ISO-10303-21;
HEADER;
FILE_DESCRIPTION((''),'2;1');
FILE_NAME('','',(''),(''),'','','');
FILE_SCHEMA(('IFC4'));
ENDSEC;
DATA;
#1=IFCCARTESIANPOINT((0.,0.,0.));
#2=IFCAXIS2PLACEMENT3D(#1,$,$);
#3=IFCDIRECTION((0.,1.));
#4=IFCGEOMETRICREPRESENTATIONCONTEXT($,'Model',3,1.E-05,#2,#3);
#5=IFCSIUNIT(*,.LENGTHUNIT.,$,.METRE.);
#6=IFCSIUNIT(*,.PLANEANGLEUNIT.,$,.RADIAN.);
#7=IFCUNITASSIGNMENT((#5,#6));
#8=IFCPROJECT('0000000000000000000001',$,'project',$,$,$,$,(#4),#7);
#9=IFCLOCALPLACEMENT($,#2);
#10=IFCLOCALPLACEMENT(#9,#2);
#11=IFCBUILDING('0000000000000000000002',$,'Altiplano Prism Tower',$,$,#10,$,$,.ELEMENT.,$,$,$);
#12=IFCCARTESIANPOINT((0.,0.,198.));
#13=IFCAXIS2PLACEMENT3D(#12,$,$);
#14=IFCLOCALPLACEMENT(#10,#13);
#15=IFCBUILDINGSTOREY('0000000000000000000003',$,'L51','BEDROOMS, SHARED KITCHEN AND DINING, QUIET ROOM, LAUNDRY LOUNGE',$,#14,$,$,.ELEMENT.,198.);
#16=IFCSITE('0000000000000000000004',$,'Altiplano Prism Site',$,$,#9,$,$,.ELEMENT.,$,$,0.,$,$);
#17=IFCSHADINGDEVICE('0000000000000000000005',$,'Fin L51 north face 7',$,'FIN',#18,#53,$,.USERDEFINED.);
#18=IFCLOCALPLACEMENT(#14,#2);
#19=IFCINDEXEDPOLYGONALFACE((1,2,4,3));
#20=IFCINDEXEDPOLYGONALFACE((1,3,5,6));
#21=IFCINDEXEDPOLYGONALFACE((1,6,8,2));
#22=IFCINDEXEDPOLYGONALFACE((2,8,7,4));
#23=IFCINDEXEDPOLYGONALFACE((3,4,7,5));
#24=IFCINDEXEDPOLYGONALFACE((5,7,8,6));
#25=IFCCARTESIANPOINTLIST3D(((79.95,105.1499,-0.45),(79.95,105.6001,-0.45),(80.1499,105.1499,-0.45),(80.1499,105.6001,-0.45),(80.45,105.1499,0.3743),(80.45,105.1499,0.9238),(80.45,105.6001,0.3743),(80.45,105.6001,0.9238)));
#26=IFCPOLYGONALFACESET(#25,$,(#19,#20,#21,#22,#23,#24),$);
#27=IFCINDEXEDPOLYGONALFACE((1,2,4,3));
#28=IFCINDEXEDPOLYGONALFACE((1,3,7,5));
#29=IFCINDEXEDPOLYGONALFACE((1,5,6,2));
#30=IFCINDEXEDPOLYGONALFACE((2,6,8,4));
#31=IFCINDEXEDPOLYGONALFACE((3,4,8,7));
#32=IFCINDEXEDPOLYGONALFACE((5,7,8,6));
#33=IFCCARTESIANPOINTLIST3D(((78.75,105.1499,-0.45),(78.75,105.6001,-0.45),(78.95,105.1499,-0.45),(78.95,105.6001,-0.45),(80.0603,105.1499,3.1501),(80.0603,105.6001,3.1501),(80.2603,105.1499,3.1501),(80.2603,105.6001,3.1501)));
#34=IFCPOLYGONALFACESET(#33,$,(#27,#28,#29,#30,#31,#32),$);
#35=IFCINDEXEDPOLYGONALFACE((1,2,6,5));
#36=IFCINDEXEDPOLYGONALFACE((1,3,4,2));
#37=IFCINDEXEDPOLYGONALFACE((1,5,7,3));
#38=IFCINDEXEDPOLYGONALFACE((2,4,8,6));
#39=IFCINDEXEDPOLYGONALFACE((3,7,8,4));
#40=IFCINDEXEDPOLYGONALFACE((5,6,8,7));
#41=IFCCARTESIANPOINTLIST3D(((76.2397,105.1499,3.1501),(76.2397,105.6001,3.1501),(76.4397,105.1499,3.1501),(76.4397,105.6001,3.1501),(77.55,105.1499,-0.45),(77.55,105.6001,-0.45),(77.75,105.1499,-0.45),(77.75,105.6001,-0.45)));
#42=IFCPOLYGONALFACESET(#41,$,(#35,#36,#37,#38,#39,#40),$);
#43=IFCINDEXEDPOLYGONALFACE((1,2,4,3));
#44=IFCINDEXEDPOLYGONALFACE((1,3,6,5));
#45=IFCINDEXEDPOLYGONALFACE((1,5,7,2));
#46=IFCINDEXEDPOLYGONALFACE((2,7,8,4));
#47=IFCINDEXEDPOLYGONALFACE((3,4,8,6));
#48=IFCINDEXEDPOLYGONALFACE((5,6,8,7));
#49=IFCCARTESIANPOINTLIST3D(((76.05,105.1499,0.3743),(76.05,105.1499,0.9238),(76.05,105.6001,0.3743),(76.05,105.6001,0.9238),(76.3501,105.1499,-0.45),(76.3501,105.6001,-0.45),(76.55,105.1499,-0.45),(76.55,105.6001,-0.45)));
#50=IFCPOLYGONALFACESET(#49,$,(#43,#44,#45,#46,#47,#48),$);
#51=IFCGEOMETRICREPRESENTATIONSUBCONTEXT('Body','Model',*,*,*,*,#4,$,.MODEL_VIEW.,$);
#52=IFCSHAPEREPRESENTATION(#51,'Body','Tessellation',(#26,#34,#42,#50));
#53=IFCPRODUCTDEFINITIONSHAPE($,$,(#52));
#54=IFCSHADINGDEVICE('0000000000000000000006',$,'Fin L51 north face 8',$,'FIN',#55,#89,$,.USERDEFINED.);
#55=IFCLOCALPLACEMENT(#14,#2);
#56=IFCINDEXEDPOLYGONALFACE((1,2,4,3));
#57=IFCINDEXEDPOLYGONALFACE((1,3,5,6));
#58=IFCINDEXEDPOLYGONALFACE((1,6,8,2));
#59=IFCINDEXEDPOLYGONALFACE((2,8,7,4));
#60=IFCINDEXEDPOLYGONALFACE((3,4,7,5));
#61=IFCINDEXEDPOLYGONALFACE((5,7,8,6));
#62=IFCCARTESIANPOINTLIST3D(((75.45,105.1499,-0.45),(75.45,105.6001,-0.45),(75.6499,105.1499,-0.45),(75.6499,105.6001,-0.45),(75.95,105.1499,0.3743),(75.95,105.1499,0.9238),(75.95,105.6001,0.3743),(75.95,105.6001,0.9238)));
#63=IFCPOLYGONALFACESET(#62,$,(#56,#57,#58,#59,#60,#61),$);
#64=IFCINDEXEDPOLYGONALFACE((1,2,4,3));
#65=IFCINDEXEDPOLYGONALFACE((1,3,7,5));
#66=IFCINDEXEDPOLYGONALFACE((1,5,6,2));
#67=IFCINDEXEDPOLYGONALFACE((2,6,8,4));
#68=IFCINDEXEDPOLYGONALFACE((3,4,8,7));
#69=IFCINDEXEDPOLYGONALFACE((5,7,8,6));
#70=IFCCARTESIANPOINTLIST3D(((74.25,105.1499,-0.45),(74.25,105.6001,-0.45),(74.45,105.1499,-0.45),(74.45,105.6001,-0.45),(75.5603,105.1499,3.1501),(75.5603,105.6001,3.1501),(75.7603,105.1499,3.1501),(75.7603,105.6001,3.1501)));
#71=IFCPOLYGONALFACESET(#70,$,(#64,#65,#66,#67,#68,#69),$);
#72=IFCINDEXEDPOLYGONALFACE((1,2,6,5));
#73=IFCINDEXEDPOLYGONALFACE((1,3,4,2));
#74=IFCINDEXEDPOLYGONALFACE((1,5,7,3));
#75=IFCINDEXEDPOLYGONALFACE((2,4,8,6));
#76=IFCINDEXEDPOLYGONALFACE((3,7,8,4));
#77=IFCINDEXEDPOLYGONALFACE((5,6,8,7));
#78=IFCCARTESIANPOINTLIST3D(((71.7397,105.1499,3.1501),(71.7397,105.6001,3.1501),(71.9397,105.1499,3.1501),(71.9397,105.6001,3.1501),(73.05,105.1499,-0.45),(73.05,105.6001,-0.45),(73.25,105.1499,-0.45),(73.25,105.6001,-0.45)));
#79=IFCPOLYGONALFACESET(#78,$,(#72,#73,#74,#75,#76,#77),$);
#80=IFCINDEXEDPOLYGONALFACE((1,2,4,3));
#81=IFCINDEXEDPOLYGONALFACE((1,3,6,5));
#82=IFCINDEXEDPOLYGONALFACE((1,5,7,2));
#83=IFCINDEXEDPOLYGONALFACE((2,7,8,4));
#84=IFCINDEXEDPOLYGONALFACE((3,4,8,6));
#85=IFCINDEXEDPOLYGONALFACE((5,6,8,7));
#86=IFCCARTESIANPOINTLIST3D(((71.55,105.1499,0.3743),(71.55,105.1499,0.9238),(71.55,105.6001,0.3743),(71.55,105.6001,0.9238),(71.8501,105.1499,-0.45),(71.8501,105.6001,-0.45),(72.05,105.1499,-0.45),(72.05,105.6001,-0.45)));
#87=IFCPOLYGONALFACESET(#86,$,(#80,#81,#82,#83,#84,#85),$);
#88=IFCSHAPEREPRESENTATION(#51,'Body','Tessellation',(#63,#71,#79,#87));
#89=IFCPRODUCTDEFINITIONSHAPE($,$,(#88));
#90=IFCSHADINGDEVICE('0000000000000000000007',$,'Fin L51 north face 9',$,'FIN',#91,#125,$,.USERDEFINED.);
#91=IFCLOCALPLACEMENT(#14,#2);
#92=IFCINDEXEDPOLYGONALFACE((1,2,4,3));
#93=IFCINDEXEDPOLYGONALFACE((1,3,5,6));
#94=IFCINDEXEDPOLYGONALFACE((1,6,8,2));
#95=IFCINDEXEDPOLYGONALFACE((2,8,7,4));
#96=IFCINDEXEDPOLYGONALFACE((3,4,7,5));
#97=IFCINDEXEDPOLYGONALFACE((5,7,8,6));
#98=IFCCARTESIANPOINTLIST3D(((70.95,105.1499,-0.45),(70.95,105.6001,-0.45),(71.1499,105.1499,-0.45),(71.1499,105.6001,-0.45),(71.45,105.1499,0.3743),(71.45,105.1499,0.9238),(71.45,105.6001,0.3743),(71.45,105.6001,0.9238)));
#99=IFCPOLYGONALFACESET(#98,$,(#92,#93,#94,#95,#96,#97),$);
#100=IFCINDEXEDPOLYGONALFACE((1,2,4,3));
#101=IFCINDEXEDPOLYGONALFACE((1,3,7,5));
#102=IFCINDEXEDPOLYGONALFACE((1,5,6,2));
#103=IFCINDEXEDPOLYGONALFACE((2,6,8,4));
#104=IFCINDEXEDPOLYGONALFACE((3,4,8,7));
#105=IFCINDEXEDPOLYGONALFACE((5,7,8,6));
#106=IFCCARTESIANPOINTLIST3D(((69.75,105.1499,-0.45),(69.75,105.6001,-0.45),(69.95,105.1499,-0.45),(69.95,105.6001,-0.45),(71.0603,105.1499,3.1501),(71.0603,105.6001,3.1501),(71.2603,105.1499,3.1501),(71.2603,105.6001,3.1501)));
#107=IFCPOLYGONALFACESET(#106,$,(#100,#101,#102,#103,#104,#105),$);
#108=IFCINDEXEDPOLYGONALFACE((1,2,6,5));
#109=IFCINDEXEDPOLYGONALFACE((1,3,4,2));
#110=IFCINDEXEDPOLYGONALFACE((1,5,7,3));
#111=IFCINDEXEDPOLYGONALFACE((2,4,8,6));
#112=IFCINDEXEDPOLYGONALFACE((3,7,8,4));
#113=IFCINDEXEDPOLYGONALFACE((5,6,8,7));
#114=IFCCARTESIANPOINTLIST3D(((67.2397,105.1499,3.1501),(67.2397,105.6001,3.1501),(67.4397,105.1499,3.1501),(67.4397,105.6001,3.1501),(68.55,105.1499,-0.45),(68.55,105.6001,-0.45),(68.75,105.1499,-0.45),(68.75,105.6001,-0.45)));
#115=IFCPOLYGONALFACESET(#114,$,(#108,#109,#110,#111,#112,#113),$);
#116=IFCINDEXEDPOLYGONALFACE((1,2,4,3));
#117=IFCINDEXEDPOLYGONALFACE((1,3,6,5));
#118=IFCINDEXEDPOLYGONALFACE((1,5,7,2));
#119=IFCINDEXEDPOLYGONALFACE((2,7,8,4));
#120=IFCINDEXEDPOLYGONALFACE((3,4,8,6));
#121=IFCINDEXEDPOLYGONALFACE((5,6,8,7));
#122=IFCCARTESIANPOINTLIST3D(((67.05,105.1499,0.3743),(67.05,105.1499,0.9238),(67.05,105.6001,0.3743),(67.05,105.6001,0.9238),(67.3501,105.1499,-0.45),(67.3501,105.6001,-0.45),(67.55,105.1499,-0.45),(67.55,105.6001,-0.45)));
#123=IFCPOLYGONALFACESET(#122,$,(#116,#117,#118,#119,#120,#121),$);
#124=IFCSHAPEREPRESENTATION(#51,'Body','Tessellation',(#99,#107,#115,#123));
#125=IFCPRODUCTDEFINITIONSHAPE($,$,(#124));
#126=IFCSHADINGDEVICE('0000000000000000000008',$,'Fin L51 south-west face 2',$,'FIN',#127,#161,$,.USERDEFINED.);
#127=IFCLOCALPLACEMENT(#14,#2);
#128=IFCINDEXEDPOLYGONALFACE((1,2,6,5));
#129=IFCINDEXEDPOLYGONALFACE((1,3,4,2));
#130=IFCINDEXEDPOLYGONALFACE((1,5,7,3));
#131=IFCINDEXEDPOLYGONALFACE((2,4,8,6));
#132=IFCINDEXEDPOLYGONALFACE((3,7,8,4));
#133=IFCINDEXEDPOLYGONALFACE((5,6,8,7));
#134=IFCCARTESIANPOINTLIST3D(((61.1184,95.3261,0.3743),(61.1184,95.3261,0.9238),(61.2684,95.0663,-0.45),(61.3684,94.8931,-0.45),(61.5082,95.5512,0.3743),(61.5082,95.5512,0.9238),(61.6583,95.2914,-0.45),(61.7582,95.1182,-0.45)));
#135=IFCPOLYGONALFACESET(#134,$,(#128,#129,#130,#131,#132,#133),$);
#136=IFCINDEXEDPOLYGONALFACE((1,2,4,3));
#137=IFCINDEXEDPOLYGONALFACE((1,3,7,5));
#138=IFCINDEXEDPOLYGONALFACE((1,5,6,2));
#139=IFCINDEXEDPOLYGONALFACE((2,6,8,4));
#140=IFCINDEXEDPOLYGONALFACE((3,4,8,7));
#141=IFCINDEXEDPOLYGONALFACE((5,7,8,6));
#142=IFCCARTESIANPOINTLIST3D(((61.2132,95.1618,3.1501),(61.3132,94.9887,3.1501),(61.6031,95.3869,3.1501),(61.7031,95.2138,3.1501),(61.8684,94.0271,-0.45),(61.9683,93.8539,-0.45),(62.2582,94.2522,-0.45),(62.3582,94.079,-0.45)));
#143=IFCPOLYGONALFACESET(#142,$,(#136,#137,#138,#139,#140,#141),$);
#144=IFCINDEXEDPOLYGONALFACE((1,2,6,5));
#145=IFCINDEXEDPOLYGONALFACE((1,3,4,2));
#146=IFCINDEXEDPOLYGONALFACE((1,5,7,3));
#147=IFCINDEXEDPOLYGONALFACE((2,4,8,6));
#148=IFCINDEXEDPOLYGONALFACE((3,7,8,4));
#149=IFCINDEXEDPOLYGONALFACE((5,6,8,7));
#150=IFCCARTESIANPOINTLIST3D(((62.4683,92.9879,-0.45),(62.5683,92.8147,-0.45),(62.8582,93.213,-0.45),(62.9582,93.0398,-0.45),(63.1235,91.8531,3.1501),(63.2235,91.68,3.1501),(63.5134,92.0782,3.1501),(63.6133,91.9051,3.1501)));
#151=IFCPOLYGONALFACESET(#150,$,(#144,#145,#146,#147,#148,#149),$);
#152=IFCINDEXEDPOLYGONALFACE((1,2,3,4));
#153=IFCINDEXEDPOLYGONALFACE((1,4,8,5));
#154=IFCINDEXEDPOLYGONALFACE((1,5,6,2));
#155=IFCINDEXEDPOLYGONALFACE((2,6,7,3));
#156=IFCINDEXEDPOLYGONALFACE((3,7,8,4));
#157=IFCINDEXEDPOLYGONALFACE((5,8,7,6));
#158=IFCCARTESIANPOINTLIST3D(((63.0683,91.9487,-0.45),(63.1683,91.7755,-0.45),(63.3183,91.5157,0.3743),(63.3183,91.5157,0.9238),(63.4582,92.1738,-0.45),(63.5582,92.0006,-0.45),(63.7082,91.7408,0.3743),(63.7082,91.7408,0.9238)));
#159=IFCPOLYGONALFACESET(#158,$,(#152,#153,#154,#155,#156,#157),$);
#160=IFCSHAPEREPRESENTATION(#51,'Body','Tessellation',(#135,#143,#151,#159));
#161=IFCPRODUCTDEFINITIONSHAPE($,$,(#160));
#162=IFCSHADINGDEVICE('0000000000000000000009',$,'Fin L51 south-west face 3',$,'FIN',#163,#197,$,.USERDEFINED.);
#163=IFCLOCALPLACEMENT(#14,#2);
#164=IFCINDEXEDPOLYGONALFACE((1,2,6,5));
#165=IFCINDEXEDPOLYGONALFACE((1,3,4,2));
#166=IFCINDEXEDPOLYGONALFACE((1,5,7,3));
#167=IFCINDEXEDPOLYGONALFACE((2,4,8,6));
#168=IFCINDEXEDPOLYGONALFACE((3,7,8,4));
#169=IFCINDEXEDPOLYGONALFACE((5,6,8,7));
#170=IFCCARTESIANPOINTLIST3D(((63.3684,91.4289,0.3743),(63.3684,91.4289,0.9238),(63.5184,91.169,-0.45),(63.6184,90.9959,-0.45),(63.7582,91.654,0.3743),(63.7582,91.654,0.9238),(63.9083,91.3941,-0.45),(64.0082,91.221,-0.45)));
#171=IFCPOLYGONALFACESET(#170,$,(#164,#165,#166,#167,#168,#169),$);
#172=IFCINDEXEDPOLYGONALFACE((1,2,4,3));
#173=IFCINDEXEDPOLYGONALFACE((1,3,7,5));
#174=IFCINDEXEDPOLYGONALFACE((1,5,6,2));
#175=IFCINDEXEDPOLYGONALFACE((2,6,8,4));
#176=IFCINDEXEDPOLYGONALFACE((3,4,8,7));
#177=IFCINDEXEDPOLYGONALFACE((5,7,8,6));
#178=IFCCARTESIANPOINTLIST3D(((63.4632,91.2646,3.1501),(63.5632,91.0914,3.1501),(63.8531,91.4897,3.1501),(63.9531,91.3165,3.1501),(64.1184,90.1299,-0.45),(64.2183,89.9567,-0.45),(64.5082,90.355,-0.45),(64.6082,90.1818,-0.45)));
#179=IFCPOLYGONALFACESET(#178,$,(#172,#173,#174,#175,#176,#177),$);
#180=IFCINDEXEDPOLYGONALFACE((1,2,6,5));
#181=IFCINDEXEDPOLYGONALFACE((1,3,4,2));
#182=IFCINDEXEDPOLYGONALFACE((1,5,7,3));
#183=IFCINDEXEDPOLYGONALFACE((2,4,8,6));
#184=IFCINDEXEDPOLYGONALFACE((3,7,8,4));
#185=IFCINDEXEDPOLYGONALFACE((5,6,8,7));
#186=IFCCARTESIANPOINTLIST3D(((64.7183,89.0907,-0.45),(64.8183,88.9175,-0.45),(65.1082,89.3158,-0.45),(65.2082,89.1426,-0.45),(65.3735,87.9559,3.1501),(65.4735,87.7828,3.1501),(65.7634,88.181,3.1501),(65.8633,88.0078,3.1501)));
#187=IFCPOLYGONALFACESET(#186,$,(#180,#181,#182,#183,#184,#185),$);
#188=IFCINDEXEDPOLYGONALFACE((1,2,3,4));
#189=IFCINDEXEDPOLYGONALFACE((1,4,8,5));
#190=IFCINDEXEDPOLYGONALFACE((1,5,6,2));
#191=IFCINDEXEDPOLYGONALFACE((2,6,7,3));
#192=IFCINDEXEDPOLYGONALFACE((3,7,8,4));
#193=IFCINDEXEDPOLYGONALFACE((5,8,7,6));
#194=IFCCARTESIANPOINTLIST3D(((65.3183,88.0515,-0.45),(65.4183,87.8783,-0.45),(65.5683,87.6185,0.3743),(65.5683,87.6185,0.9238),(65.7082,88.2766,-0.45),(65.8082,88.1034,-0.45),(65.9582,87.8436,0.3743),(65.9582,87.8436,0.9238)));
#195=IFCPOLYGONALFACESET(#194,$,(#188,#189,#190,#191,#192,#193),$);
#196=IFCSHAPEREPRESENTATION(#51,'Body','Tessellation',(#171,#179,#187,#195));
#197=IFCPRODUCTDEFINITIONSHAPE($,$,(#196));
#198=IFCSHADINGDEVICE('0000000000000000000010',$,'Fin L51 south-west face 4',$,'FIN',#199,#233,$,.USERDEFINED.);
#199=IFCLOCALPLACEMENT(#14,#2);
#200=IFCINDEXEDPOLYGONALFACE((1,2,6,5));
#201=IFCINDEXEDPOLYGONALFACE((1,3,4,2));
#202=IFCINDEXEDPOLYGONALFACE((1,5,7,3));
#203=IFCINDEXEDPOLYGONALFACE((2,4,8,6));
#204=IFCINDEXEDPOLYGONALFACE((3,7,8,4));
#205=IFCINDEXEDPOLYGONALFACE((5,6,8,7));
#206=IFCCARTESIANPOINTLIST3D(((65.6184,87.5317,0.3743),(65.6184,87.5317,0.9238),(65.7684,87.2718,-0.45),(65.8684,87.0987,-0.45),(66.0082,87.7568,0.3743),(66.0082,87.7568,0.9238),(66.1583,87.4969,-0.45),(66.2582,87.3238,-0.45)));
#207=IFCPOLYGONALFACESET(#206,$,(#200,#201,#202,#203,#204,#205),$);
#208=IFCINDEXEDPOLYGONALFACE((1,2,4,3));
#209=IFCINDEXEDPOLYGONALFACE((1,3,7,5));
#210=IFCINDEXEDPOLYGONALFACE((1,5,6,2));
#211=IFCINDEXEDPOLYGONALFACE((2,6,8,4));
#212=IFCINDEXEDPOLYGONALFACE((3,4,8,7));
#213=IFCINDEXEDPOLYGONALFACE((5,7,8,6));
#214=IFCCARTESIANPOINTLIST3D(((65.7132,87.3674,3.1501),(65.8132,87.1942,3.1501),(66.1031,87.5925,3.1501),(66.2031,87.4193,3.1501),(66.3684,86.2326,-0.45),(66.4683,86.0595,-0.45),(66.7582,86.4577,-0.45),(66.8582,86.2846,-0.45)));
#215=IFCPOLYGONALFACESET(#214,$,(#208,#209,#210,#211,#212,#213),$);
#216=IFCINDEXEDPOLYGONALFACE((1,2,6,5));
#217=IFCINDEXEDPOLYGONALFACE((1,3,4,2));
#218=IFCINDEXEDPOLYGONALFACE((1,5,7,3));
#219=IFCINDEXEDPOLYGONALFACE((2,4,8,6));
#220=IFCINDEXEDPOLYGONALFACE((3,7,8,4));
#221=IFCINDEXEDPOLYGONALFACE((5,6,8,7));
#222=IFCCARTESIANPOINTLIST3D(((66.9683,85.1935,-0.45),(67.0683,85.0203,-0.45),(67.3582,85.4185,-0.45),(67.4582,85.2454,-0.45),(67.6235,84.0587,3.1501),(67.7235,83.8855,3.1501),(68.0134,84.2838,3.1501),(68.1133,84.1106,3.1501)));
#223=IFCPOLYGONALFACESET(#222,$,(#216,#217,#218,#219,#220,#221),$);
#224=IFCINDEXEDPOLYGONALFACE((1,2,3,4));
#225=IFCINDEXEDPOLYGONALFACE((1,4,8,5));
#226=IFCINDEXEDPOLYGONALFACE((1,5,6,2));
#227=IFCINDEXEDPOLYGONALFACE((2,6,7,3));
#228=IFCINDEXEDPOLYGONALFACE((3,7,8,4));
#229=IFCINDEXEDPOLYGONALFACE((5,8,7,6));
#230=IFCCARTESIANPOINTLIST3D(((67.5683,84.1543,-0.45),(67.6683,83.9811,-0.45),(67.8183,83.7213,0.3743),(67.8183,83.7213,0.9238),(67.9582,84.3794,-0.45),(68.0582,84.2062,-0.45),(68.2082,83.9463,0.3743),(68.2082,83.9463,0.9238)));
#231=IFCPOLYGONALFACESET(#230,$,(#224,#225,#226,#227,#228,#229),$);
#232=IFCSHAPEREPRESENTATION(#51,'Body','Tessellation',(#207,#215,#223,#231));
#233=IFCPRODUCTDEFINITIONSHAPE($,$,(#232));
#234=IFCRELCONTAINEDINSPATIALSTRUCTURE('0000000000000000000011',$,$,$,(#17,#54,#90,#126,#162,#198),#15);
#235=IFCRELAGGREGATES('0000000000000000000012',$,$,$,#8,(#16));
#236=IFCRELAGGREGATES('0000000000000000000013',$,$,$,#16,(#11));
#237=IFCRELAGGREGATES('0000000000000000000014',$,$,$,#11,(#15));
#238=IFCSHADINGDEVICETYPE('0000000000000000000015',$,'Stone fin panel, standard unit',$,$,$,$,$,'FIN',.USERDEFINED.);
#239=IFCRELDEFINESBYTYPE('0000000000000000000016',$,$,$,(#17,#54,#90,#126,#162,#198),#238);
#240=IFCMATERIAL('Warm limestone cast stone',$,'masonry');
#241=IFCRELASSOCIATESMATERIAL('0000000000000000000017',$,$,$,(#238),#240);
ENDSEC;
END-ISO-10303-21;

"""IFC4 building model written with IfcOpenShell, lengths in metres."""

from ifc_helpers import new_model, si_unit, direction, frame, origin, place, context, subcontext, project, spatial, polyline, outline, extrude, source, transform, mapped, material, type_object, element, save


model = new_model("IFC4")

# Units and contexts
model_context = context("Model", 3, precision=1e-05, world=origin(), true_north=direction((0.0, 1.0)))
body_context = subcontext(model_context, "Body", "Model", "MODEL_VIEW")
ifc_project = project(units=[si_unit("LENGTHUNIT", "METRE"), si_unit("PLANEANGLEUNIT", "RADIAN")], contexts=[model_context])

# Site, building, storey
site_placement = place(None, origin())
site = spatial("IfcSite", under=ifc_project, at=site_placement, Name="Altiplano Prism Site", CompositionType="ELEMENT", RefElevation=0.0)
building_placement = place(site_placement, origin())
building = spatial("IfcBuilding", under=site, at=building_placement, Name="Altiplano Prism Tower", CompositionType="ELEMENT")
storey_placement = place(building_placement, frame((0.0, 0.0, 198.0)))
storey = spatial("IfcBuildingStorey", under=building, at=storey_placement, Name="L51", Description="BEDROOMS, SHARED KITCHEN AND DINING, QUIET ROOM, LAUNDRY LOUNGE", CompositionType="ELEMENT", Elevation=198.0)

# Shading devices
ifc_material_1 = material(Name="Warm limestone cast stone", Category="masonry")
shading_device_type_1 = type_object("IfcShadingDeviceType", Name="Stone fin panel, standard unit", ElementType="FIN", PredefinedType="USERDEFINED", material=ifc_material_1)
shared_shape_1 = source(origin(), body_context, "Body", "SweptSolid", [
    extrude(outline(polyline([(-2.2, 1.3738), (-2.2, 0.8242), (-1.8999, 0.0), (-1.7, 0.0), (-2.2, 1.3738)])), frame((0.0, -0.1499, 0.0), z_axis=(0.0, -1.0, 0.0), x_axis=(1.0, 0.0, 0.0)), (0.0, 0.0, 1.0), 0.4502),
    extrude(outline(polyline([(-2.0103, 3.6001), (-0.7, 0.0), (-0.5, 0.0), (-1.8103, 3.6001), (-2.0103, 3.6001)])), frame((0.0, -0.1499, 0.0), z_axis=(0.0, -1.0, 0.0), x_axis=(1.0, 0.0, 0.0)), (0.0, 0.0, 1.0), 0.4502),
    extrude(outline(polyline([(1.8103, 3.6001), (0.5, 0.0), (0.7, 0.0), (2.0103, 3.6001), (1.8103, 3.6001)])), frame((0.0, -0.1499, 0.0), z_axis=(0.0, -1.0, 0.0), x_axis=(1.0, 0.0, 0.0)), (0.0, 0.0, 1.0), 0.4502),
    extrude(outline(polyline([(2.2, 0.8242), (2.2, 1.3738), (1.7, 0.0), (1.8999, 0.0), (2.2, 0.8242)])), frame((0.0, -0.1499, 0.0), z_axis=(0.0, -1.0, 0.0), x_axis=(1.0, 0.0, 0.0)), (0.0, 0.0, 1.0), 0.4502),
])
shading_device_1_placement = place(storey_placement, origin())
element("IfcShadingDevice", 1, at=shading_device_1_placement, inside=storey, type_object=shading_device_type_1, Name="Fin L51 north face 7", ObjectType="FIN", PredefinedType="USERDEFINED", context=body_context, shape_type="MappedRepresentation", body=[
    mapped(shared_shape_1, transform((78.25, 105.0, -0.45), x_axis=(-1.0, 0.0, 0.0), y_axis=(0.0, -1.0, 0.0), z_axis=(0.0, 0.0, 1.0))),
])
shading_device_2_placement = place(storey_placement, origin())
element("IfcShadingDevice", 2, at=shading_device_2_placement, inside=storey, type_object=shading_device_type_1, Name="Fin L51 north face 8", ObjectType="FIN", PredefinedType="USERDEFINED", context=body_context, shape_type="MappedRepresentation", body=[
    mapped(shared_shape_1, transform((73.75, 105.0, -0.45), x_axis=(-1.0, 0.0, 0.0), y_axis=(0.0, -1.0, 0.0), z_axis=(0.0, 0.0, 1.0))),
])
shading_device_3_placement = place(storey_placement, origin())
element("IfcShadingDevice", 3, at=shading_device_3_placement, inside=storey, type_object=shading_device_type_1, Name="Fin L51 north face 9", ObjectType="FIN", PredefinedType="USERDEFINED", context=body_context, shape_type="MappedRepresentation", body=[
    mapped(shared_shape_1, transform((69.25, 105.0, -0.45), x_axis=(-1.0, 0.0, 0.0), y_axis=(0.0, -1.0, 0.0), z_axis=(0.0, 0.0, 1.0))),
])
shading_device_4_placement = place(storey_placement, origin())
element("IfcShadingDevice", 4, at=shading_device_4_placement, inside=storey, type_object=shading_device_type_1, Name="Fin L51 south-west face 2", ObjectType="FIN", PredefinedType="USERDEFINED", context=body_context, shape_type="MappedRepresentation", body=[
    mapped(shared_shape_1, transform((62.738, 93.7209, -0.45), x_axis=(0.5, -0.866025, 0.0), y_axis=(0.866025, 0.5, 0.0), z_axis=(0.0, 0.0, 1.0))),
])
shading_device_5_placement = place(storey_placement, origin())
element("IfcShadingDevice", 5, at=shading_device_5_placement, inside=storey, type_object=shading_device_type_1, Name="Fin L51 south-west face 3", ObjectType="FIN", PredefinedType="USERDEFINED", context=body_context, shape_type="MappedRepresentation", body=[
    mapped(shared_shape_1, transform((64.988, 89.8237, -0.45), x_axis=(0.5, -0.866025, 0.0), y_axis=(0.866025, 0.5, 0.0), z_axis=(0.0, 0.0, 1.0))),
])
shading_device_6_placement = place(storey_placement, origin())
element("IfcShadingDevice", 6, at=shading_device_6_placement, inside=storey, type_object=shading_device_type_1, Name="Fin L51 south-west face 4", ObjectType="FIN", PredefinedType="USERDEFINED", context=body_context, shape_type="MappedRepresentation", body=[
    mapped(shared_shape_1, transform((67.238, 85.9265, -0.45), x_axis=(0.5, -0.866025, 0.0), y_axis=(0.866025, 0.5, 0.0), z_axis=(0.0, 0.0, 1.0))),
])

save(model, "model.ifc")
